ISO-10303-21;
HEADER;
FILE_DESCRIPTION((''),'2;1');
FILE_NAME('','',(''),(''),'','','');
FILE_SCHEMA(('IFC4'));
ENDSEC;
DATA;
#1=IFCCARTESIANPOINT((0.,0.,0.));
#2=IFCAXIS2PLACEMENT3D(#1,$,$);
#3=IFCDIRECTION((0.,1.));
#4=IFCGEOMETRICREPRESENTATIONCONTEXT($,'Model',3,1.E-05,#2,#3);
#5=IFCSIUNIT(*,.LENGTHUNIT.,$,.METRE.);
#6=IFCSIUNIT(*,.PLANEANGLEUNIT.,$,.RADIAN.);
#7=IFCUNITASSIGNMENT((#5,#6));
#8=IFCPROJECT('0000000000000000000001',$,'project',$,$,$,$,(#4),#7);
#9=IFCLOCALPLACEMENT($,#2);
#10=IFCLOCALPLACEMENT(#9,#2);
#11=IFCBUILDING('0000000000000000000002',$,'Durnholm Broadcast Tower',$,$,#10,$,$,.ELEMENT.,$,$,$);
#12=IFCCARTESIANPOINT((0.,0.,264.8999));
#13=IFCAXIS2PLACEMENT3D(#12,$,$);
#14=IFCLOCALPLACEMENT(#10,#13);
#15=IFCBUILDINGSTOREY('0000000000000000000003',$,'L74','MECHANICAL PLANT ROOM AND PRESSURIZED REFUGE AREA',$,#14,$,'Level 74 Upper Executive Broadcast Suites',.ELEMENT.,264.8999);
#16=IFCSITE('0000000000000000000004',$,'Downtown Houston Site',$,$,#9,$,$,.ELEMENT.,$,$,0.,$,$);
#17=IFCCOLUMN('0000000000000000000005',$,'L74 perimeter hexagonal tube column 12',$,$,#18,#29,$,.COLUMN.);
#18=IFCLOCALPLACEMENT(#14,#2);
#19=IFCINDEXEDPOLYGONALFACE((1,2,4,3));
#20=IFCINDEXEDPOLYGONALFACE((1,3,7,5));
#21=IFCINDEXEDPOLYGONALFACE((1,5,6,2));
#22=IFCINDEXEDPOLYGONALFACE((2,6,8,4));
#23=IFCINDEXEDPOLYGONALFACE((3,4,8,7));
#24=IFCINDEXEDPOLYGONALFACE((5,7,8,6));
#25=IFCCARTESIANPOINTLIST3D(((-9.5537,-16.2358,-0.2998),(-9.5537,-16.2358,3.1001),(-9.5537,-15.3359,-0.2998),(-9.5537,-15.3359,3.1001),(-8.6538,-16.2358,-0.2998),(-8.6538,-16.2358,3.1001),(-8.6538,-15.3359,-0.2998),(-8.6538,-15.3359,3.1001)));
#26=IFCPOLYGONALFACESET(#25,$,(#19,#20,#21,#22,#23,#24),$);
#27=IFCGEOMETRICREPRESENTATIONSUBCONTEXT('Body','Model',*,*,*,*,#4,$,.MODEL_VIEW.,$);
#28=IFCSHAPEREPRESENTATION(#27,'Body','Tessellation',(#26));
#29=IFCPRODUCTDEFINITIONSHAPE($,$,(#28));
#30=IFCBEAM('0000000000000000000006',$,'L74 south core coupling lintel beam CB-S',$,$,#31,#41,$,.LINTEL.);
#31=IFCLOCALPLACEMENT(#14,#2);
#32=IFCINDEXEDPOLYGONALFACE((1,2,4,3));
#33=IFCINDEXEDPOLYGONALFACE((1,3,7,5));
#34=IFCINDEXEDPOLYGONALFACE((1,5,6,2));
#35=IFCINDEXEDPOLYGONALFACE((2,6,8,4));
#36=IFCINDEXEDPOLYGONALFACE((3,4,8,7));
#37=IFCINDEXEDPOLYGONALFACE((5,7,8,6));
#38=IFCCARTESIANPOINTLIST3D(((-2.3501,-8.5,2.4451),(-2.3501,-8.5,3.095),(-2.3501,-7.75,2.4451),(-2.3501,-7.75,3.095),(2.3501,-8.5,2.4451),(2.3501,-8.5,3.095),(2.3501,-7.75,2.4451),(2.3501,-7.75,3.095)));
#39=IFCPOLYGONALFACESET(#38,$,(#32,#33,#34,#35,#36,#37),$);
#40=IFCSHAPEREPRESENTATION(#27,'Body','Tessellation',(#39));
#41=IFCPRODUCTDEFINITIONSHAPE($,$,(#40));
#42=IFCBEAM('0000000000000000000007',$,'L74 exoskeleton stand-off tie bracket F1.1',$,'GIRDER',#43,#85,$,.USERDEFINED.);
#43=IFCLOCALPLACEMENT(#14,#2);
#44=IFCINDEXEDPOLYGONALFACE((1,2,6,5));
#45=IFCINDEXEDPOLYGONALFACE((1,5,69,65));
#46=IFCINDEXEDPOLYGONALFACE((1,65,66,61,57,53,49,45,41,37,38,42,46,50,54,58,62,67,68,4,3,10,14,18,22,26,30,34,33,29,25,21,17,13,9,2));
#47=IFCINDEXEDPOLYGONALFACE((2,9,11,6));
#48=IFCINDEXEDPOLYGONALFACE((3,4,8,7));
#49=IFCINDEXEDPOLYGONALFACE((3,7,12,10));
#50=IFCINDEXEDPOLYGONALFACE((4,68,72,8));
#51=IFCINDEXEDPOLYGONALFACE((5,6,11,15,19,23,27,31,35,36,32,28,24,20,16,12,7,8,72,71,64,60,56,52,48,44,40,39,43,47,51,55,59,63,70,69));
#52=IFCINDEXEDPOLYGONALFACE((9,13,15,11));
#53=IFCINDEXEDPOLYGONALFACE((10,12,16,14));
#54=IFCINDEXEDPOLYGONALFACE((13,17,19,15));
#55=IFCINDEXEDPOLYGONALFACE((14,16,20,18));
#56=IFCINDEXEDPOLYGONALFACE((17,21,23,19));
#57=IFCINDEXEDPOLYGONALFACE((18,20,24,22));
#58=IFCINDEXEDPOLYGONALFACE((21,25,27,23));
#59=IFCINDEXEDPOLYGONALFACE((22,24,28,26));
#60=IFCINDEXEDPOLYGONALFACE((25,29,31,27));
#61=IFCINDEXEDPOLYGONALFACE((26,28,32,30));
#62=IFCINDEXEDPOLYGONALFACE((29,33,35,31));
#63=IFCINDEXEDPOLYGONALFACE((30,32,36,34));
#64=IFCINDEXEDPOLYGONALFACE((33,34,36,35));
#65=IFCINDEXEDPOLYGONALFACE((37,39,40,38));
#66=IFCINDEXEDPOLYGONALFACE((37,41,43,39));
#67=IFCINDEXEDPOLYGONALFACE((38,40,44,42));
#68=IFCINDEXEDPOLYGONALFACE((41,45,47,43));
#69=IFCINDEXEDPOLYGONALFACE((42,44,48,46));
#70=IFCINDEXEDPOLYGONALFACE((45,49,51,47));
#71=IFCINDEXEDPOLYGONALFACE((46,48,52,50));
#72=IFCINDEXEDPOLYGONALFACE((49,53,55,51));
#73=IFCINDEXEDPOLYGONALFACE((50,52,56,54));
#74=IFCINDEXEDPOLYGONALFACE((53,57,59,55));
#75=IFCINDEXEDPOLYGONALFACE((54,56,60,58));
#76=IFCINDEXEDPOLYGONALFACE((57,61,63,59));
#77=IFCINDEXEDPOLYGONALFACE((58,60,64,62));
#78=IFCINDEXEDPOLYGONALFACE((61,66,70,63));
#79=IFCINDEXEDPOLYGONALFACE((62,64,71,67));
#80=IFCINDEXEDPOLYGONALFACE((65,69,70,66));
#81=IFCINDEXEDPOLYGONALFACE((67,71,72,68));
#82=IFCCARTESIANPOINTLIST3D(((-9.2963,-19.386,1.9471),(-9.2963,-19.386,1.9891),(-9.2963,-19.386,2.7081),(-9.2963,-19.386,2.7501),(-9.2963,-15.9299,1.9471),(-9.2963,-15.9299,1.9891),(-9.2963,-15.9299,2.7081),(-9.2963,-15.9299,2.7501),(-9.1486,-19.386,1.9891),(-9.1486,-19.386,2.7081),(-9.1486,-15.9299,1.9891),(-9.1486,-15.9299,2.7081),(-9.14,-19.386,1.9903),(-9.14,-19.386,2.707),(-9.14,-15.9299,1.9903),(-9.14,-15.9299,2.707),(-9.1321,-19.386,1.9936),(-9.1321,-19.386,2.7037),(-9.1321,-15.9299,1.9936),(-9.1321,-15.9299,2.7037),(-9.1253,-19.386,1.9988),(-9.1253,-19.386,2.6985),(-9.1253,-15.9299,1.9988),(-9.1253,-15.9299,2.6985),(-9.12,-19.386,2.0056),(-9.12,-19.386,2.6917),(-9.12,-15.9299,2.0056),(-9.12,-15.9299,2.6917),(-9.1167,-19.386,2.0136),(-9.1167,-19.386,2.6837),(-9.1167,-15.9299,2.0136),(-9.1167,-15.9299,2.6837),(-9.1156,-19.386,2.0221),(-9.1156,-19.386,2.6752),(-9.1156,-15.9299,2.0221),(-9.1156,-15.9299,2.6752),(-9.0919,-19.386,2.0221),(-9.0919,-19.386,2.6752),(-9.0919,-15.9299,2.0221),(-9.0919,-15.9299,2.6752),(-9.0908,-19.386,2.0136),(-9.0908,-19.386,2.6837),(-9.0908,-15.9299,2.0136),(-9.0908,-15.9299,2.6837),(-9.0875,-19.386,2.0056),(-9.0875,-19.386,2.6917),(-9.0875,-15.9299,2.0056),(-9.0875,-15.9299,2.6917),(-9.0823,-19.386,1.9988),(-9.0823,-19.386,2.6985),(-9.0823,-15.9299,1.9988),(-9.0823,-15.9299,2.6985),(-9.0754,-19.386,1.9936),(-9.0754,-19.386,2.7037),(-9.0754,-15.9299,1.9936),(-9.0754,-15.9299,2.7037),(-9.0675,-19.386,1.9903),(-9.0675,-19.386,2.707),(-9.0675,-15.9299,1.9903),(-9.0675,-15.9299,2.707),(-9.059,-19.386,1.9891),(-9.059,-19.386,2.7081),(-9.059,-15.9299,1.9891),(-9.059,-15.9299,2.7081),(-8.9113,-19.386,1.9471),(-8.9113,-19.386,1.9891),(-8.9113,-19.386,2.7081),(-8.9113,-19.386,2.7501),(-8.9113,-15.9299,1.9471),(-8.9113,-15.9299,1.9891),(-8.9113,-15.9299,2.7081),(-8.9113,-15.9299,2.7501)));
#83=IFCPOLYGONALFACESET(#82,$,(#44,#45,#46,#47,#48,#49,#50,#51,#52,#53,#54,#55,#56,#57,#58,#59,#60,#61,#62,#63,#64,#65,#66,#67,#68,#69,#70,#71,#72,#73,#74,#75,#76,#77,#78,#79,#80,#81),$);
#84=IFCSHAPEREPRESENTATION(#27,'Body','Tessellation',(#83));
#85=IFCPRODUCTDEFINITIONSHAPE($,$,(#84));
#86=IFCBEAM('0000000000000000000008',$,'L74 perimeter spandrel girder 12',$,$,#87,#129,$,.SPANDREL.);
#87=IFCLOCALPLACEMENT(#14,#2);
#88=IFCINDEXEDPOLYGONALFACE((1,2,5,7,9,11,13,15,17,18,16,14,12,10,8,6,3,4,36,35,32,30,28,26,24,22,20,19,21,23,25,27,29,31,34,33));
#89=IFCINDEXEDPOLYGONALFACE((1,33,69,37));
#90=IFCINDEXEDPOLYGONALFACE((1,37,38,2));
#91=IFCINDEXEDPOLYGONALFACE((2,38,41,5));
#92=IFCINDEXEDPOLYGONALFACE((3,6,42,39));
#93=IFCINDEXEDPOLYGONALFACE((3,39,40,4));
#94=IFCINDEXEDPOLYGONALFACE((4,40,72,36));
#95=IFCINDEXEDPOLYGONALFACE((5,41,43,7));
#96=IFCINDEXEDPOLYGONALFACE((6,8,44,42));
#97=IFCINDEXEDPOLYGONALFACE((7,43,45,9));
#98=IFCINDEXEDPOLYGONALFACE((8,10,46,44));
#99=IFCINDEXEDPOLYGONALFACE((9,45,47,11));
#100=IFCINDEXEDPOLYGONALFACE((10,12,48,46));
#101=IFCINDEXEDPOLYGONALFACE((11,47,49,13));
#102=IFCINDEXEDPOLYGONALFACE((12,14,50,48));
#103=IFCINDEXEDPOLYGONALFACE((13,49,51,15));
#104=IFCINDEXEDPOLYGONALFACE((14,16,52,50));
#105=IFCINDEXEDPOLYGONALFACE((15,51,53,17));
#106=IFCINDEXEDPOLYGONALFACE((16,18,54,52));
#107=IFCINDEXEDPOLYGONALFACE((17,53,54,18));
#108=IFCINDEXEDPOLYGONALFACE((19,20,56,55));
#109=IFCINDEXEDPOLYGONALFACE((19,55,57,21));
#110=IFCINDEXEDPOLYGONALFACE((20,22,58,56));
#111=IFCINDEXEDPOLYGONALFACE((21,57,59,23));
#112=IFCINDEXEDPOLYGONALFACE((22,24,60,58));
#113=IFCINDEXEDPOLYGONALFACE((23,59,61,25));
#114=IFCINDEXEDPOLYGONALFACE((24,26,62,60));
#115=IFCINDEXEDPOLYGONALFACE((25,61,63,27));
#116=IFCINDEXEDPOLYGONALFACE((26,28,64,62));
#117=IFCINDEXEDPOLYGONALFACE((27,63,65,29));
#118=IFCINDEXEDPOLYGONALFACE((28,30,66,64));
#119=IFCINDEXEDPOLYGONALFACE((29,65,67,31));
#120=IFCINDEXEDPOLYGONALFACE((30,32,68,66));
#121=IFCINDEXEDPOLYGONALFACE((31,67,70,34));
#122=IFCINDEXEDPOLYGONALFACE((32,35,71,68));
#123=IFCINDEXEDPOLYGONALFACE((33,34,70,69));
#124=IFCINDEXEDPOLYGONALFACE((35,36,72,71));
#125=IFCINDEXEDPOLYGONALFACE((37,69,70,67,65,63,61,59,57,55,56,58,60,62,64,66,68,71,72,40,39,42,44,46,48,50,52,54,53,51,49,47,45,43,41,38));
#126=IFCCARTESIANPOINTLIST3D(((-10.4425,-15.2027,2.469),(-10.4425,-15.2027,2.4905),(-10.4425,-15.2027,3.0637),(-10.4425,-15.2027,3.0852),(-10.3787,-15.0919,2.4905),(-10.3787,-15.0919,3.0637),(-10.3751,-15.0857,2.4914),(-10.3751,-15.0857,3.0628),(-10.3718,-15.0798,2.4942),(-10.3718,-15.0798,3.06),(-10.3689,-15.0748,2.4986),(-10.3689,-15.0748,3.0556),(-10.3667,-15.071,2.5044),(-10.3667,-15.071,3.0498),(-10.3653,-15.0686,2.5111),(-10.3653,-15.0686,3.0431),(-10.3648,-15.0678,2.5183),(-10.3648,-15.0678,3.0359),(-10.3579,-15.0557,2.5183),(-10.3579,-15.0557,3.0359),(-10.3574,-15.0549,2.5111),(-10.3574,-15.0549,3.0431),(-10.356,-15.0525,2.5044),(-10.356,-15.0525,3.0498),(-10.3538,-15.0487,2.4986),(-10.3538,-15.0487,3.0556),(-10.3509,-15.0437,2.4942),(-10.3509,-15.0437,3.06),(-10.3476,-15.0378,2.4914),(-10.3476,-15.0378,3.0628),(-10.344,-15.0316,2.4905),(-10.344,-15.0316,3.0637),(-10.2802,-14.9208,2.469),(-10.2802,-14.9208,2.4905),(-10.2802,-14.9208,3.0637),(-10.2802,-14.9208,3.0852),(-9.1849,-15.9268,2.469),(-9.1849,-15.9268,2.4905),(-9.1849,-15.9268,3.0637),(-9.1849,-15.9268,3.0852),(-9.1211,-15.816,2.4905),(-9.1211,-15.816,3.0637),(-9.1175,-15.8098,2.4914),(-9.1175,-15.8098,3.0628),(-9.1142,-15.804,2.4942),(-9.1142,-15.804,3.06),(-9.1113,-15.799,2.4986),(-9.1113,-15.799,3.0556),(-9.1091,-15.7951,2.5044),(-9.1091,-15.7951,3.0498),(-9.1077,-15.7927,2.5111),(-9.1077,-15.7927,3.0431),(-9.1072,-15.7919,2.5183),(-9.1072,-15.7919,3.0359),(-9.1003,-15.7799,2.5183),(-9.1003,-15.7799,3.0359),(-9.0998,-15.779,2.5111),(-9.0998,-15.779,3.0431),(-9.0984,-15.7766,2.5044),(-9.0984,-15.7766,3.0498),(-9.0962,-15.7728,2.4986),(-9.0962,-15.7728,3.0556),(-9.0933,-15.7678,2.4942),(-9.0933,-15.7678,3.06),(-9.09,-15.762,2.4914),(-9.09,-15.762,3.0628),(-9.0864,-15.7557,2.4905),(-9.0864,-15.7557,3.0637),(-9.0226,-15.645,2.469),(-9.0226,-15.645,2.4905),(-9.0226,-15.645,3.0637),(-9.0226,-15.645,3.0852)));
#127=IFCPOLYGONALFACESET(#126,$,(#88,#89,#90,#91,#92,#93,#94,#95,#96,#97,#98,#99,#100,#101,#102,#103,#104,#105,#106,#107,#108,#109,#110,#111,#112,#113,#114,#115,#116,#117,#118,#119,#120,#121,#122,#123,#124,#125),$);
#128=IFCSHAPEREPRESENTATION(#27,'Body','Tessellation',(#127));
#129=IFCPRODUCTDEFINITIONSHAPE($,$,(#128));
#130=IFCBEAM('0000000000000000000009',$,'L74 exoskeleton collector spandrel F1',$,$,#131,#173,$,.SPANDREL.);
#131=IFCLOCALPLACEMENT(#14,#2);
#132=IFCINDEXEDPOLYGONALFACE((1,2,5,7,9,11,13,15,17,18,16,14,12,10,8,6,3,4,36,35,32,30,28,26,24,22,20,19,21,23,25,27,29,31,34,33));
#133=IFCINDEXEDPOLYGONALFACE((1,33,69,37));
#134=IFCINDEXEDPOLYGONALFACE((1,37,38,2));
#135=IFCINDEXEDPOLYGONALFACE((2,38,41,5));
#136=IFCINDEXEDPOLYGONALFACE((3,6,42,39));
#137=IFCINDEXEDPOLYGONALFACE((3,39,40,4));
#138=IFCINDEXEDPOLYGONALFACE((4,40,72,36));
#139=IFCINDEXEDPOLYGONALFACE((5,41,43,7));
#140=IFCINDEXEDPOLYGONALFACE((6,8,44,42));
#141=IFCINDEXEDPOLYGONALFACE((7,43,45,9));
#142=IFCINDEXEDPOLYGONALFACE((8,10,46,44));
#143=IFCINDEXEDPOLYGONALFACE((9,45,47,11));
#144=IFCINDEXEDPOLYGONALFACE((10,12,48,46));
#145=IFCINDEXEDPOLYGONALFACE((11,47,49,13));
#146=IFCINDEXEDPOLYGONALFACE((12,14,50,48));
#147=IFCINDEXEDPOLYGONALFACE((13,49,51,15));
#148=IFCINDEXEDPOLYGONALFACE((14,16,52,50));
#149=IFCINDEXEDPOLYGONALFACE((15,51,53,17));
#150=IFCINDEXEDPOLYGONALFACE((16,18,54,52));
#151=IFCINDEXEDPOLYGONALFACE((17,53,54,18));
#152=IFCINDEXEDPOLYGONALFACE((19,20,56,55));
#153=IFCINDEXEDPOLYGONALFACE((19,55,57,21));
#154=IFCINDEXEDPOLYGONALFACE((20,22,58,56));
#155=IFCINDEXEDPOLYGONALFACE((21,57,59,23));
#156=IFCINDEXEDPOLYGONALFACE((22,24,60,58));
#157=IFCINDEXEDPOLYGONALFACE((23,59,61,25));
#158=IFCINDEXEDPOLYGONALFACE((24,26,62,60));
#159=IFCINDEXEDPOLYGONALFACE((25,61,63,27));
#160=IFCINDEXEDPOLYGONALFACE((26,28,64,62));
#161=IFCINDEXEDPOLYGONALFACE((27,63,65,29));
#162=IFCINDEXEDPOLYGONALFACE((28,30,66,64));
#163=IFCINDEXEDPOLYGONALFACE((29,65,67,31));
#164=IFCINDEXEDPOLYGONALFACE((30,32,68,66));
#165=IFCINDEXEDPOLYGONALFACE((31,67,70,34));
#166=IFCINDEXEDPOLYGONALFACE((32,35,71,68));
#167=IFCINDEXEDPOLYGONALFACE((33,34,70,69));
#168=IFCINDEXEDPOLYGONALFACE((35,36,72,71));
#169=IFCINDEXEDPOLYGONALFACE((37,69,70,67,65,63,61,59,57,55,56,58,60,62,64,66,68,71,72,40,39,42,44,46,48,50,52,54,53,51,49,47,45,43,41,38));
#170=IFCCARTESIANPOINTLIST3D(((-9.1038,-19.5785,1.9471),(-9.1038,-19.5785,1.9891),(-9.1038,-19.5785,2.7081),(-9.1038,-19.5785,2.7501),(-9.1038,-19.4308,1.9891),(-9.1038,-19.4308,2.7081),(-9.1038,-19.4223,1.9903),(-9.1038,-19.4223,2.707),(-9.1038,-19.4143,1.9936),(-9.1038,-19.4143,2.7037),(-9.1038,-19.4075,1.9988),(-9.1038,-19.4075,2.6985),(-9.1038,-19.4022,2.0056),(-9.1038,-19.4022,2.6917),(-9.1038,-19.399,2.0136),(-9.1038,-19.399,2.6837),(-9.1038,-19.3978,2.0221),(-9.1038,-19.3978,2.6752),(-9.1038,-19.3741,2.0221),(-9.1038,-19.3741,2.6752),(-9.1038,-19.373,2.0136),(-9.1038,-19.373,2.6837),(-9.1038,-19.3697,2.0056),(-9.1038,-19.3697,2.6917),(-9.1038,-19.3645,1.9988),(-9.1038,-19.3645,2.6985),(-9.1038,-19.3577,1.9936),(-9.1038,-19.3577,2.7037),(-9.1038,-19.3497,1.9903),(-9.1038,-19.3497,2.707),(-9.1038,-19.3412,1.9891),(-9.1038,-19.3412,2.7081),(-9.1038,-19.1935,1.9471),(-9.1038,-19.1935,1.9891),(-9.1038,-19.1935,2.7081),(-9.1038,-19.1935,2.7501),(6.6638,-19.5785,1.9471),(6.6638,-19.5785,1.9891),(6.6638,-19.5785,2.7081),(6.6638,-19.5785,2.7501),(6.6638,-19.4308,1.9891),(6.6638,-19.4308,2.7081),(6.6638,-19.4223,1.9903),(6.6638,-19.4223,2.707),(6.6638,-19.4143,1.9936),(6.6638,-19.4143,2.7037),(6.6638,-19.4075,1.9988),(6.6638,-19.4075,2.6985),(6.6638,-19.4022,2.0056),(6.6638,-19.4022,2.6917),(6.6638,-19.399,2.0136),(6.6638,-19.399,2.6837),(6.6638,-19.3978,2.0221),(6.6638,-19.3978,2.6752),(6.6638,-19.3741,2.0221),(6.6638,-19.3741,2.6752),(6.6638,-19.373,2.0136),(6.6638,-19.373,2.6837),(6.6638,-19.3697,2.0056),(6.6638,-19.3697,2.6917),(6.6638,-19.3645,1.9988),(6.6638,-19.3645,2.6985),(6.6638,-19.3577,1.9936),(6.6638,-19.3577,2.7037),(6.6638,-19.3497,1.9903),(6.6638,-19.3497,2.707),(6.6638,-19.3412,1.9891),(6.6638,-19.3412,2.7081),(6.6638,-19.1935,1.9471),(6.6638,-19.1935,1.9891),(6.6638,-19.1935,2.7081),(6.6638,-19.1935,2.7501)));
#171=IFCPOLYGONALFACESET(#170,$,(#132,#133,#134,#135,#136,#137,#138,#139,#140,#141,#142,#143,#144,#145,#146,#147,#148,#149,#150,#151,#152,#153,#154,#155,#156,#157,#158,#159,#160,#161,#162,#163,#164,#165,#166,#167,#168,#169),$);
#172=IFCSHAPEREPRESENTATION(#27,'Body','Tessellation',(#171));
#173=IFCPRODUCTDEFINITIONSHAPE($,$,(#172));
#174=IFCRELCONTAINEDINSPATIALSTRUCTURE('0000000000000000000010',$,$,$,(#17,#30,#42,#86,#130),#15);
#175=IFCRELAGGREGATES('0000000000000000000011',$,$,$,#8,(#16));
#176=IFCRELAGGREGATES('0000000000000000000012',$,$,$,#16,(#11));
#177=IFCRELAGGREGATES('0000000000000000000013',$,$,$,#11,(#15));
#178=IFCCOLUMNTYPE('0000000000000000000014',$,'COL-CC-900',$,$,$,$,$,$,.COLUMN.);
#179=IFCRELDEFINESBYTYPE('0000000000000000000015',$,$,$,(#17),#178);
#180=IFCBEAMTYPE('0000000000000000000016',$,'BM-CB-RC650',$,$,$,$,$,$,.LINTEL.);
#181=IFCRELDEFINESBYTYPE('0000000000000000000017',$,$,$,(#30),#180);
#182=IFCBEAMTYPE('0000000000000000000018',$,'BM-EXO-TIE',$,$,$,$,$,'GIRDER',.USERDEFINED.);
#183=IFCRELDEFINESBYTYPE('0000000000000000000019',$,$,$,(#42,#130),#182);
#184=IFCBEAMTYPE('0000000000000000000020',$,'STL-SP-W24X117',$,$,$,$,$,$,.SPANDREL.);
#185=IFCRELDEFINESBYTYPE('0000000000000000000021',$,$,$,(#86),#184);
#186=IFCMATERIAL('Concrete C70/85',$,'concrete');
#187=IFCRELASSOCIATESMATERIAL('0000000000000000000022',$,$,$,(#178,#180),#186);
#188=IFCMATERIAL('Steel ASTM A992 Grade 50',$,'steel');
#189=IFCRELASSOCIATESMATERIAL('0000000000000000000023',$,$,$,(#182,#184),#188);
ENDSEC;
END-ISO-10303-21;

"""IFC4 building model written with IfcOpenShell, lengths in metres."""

from ifc_helpers import new_model, si_unit, direction, frame, origin, origin_2d, place, context, subcontext, project, spatial, rectangle, i_section, extrude, source, transform, mapped, material, material_profile, profile_set, type_object, type_shapes, element, save


model = new_model("IFC4")

# Units and contexts
model_context = context("Model", 3, precision=1e-05, world=origin(), true_north=direction((0.0, 1.0)))
body_context = subcontext(model_context, "Body", "Model", "MODEL_VIEW")
ifc_project = project(units=[si_unit("LENGTHUNIT", "METRE"), si_unit("PLANEANGLEUNIT", "RADIAN")], contexts=[model_context])

# Site, building, storey
site_placement = place(None, origin())
site = spatial("IfcSite", under=ifc_project, at=site_placement, Name="Downtown Houston Site", CompositionType="ELEMENT", RefElevation=0.0)
building_placement = place(site_placement, origin())
building = spatial("IfcBuilding", under=site, at=building_placement, Name="Durnholm Broadcast Tower", CompositionType="ELEMENT")
storey_placement = place(building_placement, frame((0.0, 0.0, 264.8999)))
storey = spatial("IfcBuildingStorey", under=building, at=storey_placement, Name="L74", Description="MECHANICAL PLANT ROOM AND PRESSURIZED REFUGE AREA", LongName="Level 74 Upper Executive Broadcast Suites", CompositionType="ELEMENT", Elevation=264.8999)

# Column
ifc_material_1 = material(Name="Concrete C70/85", Category="concrete")
ifc_material_profile_1 = material_profile(ifc_material_1, rectangle(XDim=0.8999, YDim=0.8999, at=origin_2d()), Name="RC900X900")
ifc_profile_set_1 = profile_set([ifc_material_profile_1], Name="Concrete C70/85")
column_type = type_object("IfcColumnType", Name="COL-CC-900", PredefinedType="COLUMN", material=ifc_profile_set_1)
shared_shape_1 = source(origin(), body_context, "Body", "SweptSolid", [
    extrude(rectangle(XDim=0.8999, YDim=0.8999, at=origin_2d()), origin(), (0.0, 0.0, 1.0), 3.3999),
])
type_shapes(column_type, [shared_shape_1])
column_placement = place(storey_placement, frame((-9.1038, -15.7859, -0.2998), z_axis=(0.0, 0.0, 1.0), x_axis=(1.0, 0.0, 0.0)))
element("IfcColumn", 1, at=column_placement, inside=storey, type_object=column_type, Name="L74 perimeter hexagonal tube column 12", PredefinedType="COLUMN", context=body_context, shape_type="MappedRepresentation", body=[
    mapped(shared_shape_1, transform((0.0, 0.0, 0.0), x_axis=(1.0, 0.0, 0.0), y_axis=(0.0, 1.0, 0.0), z_axis=(0.0, 0.0, 1.0), scale=1.0)),
])

# Beams
ifc_material_profile_2 = material_profile(ifc_material_1, rectangle(XDim=0.75, YDim=0.6499, at=origin_2d()), Name="RC750X650")
ifc_profile_set_2 = profile_set([ifc_material_profile_2], Name="Concrete C70/85")
beam_type_1 = type_object("IfcBeamType", Name="BM-CB-RC650", PredefinedType="LINTEL", material=ifc_profile_set_2)
shared_shape_2 = source(origin(), body_context, "Body", "SweptSolid", [
    extrude(rectangle(XDim=0.75, YDim=0.6499, at=origin_2d()), origin(), (0.0, 0.0, 1.0), 4.7002),
])
type_shapes(beam_type_1, [shared_shape_2])
beam_1_placement = place(storey_placement, frame((-2.3501, -8.125, 2.77), z_axis=(1.0, 0.0, 0.0), x_axis=(0.0, 1.0, 0.0)))
element("IfcBeam", 2, at=beam_1_placement, inside=storey, type_object=beam_type_1, Name="L74 south core coupling lintel beam CB-S", PredefinedType="LINTEL", context=body_context, shape_type="MappedRepresentation", body=[
    mapped(shared_shape_2, transform((0.0, 0.0, 0.0), x_axis=(1.0, 0.0, 0.0), y_axis=(0.0, 1.0, 0.0), z_axis=(0.0, 0.0, 1.0), scale=1.0)),
])
ifc_material_2 = material(Name="Steel ASTM A992 Grade 50", Category="steel")
ifc_material_profile_3 = material_profile(ifc_material_2, i_section(OverallWidth=0.385, OverallDepth=0.803, WebThickness=0.0237, FlangeThickness=0.042, FilletRadius=0.033, at=origin_2d()), Name="W30X261")
ifc_profile_set_3 = profile_set([ifc_material_profile_3], Name="Steel ASTM A992 Grade 50")
beam_type_2 = type_object("IfcBeamType", Name="BM-EXO-TIE", ElementType="GIRDER", PredefinedType="USERDEFINED", material=ifc_profile_set_3)
shared_shape_3 = source(origin(), body_context, "Body", "SweptSolid", [
    extrude(i_section(OverallWidth=0.385, OverallDepth=0.803, WebThickness=0.0237, FlangeThickness=0.042, FilletRadius=0.033, at=origin_2d()), origin(), (0.0, 0.0, 1.0), 3.4561),
])
beam_2_placement = place(storey_placement, frame((-9.1038, -15.9299, 2.3486), z_axis=(0.0, -1.0, 0.0), x_axis=(1.0, 0.0, 0.0)))
element("IfcBeam", 3, at=beam_2_placement, inside=storey, type_object=beam_type_2, Name="L74 exoskeleton stand-off tie bracket F1.1", ObjectType="GIRDER", PredefinedType="USERDEFINED", context=body_context, shape_type="MappedRepresentation", body=[
    mapped(shared_shape_3, transform((0.0, 0.0, 0.0), x_axis=(1.0, 0.0, 0.0), y_axis=(0.0, 1.0, 0.0), z_axis=(0.0, 0.0, 1.0), scale=1.0)),
])
ifc_material_profile_4 = material_profile(ifc_material_2, i_section(OverallWidth=0.3252, OverallDepth=0.6162, WebThickness=0.0139, FlangeThickness=0.0215, FilletRadius=0.0278, at=origin_2d()), Name="W24X117")
ifc_profile_set_4 = profile_set([ifc_material_profile_4], Name="Steel ASTM A992 Grade 50")
beam_type_3 = type_object("IfcBeamType", Name="STL-SP-W24X117", PredefinedType="SPANDREL", material=ifc_profile_set_4)
shared_shape_4 = source(origin(), body_context, "Body", "SweptSolid", [
    extrude(i_section(OverallWidth=0.3252, OverallDepth=0.6162, WebThickness=0.0139, FlangeThickness=0.0215, FilletRadius=0.0278, at=origin_2d()), origin(), (0.0, 0.0, 1.0), 1.4512),
])
type_shapes(beam_type_3, [shared_shape_4])
beam_3_placement = place(storey_placement, frame((-9.1038, -15.7859, 2.7771), z_axis=(-0.866603, 0.498999, 0.0), x_axis=(-0.498999, -0.866603, 0.0)))
element("IfcBeam", 4, at=beam_3_placement, inside=storey, type_object=beam_type_3, Name="L74 perimeter spandrel girder 12", PredefinedType="SPANDREL", context=body_context, shape_type="MappedRepresentation", body=[
    mapped(shared_shape_4, transform((0.0, 0.0, 0.0), x_axis=(1.0, 0.0, 0.0), y_axis=(0.0, 1.0, 0.0), z_axis=(0.0, 0.0, 1.0), scale=1.0)),
])
shared_shape_5 = source(origin(), body_context, "Body", "SweptSolid", [
    extrude(i_section(OverallWidth=0.385, OverallDepth=0.803, WebThickness=0.0237, FlangeThickness=0.042, FilletRadius=0.033, at=origin_2d()), origin(), (0.0, 0.0, 1.0), 15.7676),
])
type_shapes(beam_type_2, [shared_shape_3, shared_shape_5])
beam_4_placement = place(storey_placement, frame((-9.1038, -19.386, 2.3486), z_axis=(1.0, 0.0, 0.0), x_axis=(0.0, 1.0, 0.0)))
element("IfcBeam", 5, at=beam_4_placement, inside=storey, type_object=beam_type_2, Name="L74 exoskeleton collector spandrel F1", PredefinedType="SPANDREL", context=body_context, shape_type="MappedRepresentation", body=[
    mapped(shared_shape_5, transform((0.0, 0.0, 0.0), x_axis=(1.0, 0.0, 0.0), y_axis=(0.0, 1.0, 0.0), z_axis=(0.0, 0.0, 1.0), scale=1.0)),
])

save(model, "model.ifc")
